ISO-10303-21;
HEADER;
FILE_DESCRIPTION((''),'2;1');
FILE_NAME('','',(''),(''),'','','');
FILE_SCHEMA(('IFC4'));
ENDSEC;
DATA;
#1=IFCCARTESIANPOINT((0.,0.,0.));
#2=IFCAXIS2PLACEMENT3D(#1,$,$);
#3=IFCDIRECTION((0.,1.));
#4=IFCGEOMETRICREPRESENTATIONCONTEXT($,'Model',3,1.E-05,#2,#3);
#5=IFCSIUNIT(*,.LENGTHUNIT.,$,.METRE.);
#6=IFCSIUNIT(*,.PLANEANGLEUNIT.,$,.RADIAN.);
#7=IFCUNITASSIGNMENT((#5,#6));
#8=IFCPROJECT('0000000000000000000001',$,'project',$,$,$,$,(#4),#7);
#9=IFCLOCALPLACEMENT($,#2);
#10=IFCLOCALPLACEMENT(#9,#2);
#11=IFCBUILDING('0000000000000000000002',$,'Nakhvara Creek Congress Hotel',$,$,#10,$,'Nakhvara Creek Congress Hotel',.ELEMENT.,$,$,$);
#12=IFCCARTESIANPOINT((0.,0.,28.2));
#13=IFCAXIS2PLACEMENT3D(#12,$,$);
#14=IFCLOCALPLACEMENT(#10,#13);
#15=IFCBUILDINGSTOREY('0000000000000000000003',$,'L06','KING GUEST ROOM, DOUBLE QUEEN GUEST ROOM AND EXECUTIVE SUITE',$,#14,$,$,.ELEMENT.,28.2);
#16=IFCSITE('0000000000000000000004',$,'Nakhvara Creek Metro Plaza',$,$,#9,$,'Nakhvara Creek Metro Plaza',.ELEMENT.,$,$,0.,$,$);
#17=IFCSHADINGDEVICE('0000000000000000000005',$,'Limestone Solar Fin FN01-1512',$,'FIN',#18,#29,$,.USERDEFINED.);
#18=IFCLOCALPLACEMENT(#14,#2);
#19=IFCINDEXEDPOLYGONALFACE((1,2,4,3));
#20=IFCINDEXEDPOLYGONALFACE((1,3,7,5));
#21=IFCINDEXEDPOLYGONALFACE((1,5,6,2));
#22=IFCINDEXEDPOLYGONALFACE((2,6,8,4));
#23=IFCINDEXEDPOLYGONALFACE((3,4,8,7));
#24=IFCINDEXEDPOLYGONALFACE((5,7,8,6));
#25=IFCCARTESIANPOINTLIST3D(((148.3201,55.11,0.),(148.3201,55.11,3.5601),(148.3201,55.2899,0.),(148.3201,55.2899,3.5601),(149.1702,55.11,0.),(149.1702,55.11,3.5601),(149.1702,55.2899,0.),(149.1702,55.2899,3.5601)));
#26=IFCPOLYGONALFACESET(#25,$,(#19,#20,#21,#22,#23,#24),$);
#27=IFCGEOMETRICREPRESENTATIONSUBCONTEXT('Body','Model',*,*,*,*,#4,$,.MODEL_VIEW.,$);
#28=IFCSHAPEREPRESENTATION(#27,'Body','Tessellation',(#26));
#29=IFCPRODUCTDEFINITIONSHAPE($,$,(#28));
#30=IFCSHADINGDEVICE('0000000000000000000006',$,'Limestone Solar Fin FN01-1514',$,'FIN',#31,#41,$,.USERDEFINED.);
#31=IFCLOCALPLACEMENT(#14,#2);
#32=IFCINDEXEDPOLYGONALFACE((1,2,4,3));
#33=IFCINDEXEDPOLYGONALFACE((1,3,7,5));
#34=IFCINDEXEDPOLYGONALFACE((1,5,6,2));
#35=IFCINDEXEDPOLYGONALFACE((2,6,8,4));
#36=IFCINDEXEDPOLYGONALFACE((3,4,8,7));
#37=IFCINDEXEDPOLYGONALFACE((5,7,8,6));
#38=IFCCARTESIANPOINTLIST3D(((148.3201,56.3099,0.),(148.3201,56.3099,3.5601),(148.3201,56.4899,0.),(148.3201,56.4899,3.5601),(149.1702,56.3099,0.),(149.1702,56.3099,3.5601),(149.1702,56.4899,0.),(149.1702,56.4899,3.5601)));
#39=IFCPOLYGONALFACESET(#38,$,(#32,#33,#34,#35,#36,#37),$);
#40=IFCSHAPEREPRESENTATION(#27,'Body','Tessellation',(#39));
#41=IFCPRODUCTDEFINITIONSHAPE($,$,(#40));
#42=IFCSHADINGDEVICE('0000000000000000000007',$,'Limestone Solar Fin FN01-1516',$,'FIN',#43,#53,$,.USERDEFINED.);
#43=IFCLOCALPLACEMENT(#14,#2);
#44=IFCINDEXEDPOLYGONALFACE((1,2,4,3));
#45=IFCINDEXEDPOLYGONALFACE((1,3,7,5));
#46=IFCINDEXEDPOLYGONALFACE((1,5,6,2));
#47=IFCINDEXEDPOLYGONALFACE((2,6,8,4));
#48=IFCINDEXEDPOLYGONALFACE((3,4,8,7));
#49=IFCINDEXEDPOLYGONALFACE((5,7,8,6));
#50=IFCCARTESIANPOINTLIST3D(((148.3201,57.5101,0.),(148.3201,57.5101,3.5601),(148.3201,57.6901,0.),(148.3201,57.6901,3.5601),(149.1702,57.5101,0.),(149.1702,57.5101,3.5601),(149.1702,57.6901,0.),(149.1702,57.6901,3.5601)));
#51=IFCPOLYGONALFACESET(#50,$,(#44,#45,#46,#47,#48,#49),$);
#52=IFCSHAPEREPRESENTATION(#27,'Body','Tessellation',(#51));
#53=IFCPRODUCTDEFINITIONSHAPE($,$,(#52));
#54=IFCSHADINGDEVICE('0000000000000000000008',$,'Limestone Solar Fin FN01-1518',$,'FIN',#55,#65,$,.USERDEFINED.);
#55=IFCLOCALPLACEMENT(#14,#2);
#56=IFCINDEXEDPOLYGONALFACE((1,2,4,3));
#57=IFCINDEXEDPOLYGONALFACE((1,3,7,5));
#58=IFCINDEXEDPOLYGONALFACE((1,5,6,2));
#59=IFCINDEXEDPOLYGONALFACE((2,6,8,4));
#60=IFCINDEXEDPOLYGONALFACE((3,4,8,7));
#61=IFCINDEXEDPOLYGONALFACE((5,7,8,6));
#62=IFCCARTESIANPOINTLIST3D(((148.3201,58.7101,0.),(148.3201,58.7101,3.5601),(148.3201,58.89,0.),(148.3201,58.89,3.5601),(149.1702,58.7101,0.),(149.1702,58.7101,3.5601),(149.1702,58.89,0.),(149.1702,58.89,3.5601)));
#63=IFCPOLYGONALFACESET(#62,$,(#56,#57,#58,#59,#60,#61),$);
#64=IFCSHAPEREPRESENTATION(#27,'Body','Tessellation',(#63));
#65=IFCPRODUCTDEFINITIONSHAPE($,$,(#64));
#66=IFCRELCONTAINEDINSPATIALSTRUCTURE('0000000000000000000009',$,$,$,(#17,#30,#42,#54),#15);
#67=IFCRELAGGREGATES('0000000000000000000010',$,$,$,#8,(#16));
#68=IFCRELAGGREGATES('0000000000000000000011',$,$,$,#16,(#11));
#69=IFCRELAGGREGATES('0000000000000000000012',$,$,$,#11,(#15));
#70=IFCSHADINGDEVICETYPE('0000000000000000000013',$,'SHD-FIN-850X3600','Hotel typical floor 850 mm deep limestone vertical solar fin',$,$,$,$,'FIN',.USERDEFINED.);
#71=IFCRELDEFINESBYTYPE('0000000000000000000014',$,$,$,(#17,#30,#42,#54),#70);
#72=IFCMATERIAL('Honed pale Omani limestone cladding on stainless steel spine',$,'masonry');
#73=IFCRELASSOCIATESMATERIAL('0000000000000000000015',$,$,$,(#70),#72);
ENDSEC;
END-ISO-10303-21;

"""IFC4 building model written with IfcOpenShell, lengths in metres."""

from ifc_helpers import new_model, si_unit, direction, frame, origin, origin_2d, place, context, subcontext, project, spatial, rectangle, extrude, material, type_object, element, save


model = new_model("IFC4")

# Units and contexts
model_context = context("Model", 3, precision=1e-05, world=origin(), true_north=direction((0.0, 1.0)))
body_context = subcontext(model_context, "Body", "Model", "MODEL_VIEW")
ifc_project = project(units=[si_unit("LENGTHUNIT", "METRE"), si_unit("PLANEANGLEUNIT", "RADIAN")], contexts=[model_context])

# Site, building, storey
site_placement = place(None, origin())
site = spatial("IfcSite", under=ifc_project, at=site_placement, Name="Nakhvara Creek Metro Plaza", LongName="Nakhvara Creek Metro Plaza", CompositionType="ELEMENT", RefElevation=0.0)
building_placement = place(site_placement, origin())
building = spatial("IfcBuilding", under=site, at=building_placement, Name="Nakhvara Creek Congress Hotel", LongName="Nakhvara Creek Congress Hotel", CompositionType="ELEMENT")
storey_placement = place(building_placement, frame((0.0, 0.0, 28.2)))
storey = spatial("IfcBuildingStorey", under=building, at=storey_placement, Name="L06", Description="KING GUEST ROOM, DOUBLE QUEEN GUEST ROOM AND EXECUTIVE SUITE", CompositionType="ELEMENT", Elevation=28.2)

# Shading devices
ifc_material_1 = material(Name="Honed pale Omani limestone cladding on stainless steel spine", Category="masonry")
shading_device_type = type_object("IfcShadingDeviceType", Name="SHD-FIN-850X3600", Description="Hotel typical floor 850 mm deep limestone vertical solar fin", ElementType="FIN", PredefinedType="USERDEFINED", material=ifc_material_1)
for number, where, z_axis, x_axis, name in (
    (1, (148.7451, 55.2, 0.0), (0.0, 0.0, 1.0), (0.0, 1.0, 0.0), "Limestone Solar Fin FN01-1512"),
    (2, (148.7451, 56.3999, 0.0), (0.0, 0.0, 1.0), (0.0, 1.0, 0.0), "Limestone Solar Fin FN01-1514"),
    (3, (148.7451, 57.6001, 0.0), (0.0, 0.0, 1.0), (0.0, 1.0, 0.0), "Limestone Solar Fin FN01-1516"),
    (4, (148.7451, 58.8, 0.0), (0.0, 0.0, 1.0), (0.0, 1.0, 0.0), "Limestone Solar Fin FN01-1518"),
):
    element("IfcShadingDevice", number, at=place(storey_placement, frame(where, z_axis=z_axis, x_axis=x_axis)), inside=storey, type_object=shading_device_type, Name=name, ObjectType="FIN", PredefinedType="USERDEFINED", context=body_context, shape_type="SweptSolid", body=[
        extrude(rectangle(XDim=0.1799, YDim=0.8501, at=origin_2d()), origin(), (0.0, 0.0, 1.0), 3.5601),
    ])

save(model, "model.ifc")
